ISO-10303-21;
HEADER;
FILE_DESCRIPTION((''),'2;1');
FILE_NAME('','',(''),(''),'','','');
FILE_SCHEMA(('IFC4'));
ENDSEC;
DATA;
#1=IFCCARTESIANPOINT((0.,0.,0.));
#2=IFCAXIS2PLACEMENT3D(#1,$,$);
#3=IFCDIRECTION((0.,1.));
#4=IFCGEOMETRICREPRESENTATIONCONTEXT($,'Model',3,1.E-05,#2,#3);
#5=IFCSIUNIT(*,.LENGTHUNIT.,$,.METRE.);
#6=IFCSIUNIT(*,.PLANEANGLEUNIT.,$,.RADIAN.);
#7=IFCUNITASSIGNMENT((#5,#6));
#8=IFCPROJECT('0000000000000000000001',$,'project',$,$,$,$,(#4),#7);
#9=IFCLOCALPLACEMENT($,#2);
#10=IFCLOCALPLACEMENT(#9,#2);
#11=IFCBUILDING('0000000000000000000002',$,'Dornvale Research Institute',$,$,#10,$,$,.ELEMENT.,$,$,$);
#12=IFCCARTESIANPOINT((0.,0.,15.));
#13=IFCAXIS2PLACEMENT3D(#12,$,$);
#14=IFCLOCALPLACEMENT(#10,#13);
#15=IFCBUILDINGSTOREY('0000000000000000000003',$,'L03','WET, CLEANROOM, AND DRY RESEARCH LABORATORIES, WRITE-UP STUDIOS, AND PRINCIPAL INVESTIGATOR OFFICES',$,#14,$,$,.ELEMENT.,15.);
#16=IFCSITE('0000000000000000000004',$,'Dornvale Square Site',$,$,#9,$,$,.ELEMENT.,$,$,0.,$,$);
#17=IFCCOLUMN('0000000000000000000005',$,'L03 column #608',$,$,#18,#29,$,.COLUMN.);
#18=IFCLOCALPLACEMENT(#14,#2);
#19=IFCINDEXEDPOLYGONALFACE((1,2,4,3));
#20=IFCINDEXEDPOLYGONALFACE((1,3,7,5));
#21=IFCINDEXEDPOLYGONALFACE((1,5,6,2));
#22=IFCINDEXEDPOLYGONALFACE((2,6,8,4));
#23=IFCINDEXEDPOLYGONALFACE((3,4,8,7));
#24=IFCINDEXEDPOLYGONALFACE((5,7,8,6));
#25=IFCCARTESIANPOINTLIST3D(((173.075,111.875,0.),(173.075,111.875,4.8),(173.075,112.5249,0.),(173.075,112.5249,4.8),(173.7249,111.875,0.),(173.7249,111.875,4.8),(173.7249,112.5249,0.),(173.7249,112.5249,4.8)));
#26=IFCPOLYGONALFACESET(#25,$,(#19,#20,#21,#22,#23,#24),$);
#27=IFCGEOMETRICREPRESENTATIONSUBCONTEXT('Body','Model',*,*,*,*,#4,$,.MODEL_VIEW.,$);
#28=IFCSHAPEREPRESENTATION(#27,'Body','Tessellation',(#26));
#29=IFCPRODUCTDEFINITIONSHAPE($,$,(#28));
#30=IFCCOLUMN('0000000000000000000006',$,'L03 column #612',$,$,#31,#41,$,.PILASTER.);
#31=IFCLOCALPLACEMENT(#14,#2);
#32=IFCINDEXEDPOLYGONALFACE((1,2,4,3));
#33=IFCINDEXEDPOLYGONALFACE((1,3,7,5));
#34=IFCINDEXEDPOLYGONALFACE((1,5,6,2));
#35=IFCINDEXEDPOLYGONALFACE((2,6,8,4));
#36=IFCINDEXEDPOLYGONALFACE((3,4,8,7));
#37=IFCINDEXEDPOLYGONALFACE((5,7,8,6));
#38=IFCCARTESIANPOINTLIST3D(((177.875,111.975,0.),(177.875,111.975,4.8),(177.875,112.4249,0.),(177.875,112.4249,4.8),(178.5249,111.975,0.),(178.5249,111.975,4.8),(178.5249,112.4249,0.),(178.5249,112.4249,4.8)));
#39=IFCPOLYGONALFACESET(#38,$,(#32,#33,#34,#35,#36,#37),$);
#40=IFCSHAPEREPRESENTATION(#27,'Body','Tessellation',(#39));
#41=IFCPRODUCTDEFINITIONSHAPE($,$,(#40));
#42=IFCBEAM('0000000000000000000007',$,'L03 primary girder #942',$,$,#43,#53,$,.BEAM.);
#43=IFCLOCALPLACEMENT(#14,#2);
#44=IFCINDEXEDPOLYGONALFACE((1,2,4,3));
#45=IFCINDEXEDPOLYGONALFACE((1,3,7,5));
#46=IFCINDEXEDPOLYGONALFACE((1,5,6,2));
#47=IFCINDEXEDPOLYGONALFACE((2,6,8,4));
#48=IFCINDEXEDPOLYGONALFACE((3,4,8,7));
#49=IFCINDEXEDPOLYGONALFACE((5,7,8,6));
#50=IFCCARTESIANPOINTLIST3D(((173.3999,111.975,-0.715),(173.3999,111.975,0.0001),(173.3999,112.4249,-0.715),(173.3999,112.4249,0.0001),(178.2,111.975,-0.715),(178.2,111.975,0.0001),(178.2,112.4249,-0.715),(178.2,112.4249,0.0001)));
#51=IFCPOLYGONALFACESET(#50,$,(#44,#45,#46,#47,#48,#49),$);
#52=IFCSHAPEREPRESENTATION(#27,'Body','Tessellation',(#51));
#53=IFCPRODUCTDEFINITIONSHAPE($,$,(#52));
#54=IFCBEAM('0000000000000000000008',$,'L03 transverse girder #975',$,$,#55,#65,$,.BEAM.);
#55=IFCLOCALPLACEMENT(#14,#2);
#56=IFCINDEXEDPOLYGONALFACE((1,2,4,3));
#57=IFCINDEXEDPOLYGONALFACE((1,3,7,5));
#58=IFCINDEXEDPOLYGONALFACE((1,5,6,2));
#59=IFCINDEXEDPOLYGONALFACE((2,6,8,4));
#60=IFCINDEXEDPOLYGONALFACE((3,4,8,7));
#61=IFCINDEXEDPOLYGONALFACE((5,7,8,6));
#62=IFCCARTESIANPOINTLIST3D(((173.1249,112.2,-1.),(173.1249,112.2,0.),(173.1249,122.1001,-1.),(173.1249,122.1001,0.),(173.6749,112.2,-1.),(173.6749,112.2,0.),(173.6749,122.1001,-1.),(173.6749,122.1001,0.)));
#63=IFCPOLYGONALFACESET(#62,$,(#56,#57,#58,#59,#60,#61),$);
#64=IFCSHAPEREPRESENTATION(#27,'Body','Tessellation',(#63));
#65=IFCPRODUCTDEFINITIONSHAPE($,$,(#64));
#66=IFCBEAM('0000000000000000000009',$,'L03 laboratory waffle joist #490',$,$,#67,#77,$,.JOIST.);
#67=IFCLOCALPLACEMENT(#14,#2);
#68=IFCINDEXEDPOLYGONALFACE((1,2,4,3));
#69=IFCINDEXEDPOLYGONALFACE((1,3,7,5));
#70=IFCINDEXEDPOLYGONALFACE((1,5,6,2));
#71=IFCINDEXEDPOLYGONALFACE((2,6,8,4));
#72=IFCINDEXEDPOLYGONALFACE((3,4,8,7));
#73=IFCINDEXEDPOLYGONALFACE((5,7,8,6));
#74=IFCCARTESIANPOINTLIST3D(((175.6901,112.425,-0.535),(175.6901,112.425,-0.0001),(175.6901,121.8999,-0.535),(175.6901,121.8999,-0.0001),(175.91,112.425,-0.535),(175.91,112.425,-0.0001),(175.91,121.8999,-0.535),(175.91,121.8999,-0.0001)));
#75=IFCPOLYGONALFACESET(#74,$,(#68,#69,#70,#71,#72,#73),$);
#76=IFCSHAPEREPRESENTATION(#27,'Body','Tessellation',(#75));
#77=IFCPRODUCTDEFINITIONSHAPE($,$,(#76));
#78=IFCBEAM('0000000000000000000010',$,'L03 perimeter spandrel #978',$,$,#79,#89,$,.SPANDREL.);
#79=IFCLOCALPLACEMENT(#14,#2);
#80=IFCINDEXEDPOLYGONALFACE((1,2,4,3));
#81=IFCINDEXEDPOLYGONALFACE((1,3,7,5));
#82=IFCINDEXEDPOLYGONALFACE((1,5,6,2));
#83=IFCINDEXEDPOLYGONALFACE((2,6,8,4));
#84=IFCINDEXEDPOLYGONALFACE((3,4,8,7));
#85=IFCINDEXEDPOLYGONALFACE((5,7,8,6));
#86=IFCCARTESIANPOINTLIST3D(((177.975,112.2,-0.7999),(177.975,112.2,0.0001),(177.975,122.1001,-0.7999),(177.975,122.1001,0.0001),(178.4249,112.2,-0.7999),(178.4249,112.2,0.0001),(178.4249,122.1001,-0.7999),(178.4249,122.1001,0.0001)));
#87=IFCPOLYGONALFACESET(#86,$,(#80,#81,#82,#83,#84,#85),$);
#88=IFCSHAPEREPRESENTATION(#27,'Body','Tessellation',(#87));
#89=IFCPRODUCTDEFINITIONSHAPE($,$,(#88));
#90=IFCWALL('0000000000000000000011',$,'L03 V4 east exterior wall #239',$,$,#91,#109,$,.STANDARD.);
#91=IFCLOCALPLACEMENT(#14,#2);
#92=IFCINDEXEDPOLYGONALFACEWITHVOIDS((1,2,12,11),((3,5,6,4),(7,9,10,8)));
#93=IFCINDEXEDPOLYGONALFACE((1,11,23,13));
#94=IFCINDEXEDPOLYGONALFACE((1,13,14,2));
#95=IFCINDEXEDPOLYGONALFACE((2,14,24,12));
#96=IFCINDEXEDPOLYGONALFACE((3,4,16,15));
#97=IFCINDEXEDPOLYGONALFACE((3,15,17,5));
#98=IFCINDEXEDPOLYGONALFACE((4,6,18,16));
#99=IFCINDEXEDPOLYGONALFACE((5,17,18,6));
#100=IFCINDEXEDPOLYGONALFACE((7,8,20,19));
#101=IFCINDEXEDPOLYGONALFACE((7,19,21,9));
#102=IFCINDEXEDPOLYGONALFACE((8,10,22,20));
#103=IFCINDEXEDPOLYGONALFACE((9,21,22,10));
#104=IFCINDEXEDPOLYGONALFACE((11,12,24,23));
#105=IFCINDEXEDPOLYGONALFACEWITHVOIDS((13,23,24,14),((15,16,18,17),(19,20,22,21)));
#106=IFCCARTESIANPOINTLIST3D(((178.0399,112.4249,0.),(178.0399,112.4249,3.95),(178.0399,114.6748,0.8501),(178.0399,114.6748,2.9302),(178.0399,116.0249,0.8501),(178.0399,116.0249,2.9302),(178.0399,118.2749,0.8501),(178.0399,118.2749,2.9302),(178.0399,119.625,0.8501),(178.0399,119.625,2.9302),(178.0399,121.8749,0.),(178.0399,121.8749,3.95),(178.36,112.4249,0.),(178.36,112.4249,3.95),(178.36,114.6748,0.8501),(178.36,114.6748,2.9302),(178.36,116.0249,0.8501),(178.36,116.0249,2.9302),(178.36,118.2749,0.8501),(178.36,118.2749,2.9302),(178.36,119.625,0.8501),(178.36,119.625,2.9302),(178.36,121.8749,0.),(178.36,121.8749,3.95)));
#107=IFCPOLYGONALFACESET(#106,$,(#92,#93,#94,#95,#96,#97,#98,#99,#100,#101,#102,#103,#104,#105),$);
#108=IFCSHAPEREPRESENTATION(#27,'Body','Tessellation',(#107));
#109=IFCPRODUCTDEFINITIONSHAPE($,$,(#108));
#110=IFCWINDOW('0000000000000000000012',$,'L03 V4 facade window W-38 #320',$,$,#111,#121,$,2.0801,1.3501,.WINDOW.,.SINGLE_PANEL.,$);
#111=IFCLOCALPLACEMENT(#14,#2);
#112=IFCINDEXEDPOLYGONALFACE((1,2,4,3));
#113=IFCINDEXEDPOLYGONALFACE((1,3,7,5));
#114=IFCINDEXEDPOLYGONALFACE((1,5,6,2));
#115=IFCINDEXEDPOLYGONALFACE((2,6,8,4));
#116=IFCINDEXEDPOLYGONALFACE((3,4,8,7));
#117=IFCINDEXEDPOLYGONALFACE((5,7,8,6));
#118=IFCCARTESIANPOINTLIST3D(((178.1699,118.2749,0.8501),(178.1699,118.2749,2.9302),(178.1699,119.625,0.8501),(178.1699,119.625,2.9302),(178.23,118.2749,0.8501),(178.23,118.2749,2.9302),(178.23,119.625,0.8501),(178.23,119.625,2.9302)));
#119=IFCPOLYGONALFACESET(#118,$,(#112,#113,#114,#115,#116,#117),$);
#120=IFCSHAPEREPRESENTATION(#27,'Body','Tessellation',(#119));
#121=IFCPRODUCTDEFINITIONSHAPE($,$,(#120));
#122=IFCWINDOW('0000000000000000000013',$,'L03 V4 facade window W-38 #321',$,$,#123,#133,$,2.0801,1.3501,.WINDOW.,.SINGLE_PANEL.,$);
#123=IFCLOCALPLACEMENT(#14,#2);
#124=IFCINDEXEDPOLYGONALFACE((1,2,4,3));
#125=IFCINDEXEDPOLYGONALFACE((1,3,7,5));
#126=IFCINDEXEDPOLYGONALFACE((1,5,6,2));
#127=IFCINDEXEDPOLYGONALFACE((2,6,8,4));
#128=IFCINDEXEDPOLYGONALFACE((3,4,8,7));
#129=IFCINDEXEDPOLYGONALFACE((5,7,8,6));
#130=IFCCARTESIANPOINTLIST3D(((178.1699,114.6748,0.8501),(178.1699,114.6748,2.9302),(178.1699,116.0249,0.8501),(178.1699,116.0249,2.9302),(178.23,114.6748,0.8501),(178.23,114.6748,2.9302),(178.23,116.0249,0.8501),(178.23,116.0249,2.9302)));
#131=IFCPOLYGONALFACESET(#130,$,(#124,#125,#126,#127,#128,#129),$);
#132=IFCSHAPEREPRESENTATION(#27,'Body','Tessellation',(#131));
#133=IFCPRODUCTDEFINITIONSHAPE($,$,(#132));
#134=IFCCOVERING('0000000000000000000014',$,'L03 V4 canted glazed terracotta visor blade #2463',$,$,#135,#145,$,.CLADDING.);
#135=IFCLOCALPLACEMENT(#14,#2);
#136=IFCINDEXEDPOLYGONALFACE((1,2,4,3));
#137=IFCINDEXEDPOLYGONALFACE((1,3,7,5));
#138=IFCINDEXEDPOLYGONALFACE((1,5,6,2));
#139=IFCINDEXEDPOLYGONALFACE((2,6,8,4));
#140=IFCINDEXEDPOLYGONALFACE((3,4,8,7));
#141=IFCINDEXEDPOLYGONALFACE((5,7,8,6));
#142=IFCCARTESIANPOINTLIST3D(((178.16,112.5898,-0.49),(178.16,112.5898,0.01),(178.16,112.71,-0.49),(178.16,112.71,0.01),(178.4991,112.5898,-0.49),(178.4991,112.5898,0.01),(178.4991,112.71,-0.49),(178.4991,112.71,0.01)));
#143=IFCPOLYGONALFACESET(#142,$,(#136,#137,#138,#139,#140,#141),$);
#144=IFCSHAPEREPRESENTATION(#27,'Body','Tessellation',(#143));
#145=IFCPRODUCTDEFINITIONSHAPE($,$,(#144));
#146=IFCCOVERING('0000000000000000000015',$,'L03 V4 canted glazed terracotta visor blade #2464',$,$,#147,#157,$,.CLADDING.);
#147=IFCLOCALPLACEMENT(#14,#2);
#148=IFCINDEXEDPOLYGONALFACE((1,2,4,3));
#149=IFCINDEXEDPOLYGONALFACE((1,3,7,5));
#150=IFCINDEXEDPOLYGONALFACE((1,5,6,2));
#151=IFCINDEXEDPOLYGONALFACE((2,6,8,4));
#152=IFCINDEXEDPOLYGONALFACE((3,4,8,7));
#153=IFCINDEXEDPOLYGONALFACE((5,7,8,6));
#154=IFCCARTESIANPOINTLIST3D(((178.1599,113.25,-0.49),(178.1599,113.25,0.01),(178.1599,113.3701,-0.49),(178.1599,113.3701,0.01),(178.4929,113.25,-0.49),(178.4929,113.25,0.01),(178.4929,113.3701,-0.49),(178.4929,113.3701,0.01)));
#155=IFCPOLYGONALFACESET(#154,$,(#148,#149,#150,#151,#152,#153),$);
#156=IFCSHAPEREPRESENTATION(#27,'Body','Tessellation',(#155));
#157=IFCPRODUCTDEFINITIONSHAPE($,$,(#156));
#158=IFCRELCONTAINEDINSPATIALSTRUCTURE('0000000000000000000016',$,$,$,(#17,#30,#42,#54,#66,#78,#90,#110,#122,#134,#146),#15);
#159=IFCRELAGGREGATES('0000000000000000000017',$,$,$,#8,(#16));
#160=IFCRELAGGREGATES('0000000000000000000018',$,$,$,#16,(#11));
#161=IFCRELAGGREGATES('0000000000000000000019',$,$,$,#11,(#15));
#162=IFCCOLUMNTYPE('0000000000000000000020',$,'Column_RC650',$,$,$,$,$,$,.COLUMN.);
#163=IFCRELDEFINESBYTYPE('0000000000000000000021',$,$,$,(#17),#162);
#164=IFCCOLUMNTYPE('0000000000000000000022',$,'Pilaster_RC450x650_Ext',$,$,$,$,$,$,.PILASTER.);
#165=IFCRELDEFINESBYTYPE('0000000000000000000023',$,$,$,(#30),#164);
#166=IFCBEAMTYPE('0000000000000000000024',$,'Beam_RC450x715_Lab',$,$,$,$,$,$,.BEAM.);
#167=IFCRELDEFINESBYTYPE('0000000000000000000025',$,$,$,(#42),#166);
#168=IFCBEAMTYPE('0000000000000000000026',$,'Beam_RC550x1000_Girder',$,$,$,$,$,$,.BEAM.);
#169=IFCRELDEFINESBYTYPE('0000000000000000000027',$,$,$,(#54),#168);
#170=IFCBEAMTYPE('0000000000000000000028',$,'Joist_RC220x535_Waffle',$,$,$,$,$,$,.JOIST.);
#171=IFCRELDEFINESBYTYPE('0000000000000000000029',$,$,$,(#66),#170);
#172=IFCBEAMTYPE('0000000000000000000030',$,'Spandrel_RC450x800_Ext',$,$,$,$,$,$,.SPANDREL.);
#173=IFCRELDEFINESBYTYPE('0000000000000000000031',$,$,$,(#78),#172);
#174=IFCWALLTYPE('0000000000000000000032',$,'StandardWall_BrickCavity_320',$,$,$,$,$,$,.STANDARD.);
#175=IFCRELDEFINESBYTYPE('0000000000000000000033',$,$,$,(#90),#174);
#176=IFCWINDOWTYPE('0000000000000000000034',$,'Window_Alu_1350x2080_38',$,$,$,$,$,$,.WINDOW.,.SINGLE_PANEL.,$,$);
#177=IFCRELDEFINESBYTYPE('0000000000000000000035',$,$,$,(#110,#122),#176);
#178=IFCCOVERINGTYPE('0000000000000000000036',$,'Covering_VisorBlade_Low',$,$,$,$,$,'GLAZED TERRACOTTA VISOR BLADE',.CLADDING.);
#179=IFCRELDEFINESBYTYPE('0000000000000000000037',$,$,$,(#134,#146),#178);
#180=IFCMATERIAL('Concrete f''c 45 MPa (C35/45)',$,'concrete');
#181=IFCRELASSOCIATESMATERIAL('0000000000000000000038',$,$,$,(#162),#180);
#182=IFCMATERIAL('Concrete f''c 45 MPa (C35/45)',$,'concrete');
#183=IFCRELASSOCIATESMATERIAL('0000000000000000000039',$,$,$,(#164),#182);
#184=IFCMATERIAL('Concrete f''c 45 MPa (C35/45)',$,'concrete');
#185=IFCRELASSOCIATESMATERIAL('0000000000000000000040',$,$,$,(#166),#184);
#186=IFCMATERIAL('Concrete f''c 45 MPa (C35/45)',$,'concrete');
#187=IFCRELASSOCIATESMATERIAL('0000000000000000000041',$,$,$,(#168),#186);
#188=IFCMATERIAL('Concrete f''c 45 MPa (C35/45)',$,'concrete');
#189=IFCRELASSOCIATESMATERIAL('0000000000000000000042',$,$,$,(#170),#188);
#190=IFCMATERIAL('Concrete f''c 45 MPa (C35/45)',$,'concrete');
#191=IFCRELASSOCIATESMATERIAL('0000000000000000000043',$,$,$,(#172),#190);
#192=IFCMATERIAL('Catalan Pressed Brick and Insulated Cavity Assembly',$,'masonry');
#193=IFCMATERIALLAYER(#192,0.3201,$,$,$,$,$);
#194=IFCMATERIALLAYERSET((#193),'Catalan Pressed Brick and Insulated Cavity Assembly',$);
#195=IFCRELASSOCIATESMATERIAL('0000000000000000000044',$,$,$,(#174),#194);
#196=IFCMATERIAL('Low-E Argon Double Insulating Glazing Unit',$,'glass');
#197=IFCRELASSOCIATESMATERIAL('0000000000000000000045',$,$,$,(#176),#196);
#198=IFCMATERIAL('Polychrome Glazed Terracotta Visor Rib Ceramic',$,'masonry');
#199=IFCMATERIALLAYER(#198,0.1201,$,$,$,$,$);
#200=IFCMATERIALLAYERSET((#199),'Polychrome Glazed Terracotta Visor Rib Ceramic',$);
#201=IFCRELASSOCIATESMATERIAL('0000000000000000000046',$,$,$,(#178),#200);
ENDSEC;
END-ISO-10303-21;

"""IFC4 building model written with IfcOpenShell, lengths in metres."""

from ifc_helpers import new_model, si_unit, direction, frame, frame_2d, origin, origin_2d, place, context, subcontext, project, spatial, rectangle, extrude, material, layer, layer_set, material_profile, profile_set, type_object, element, fill, save


model = new_model("IFC4")

# Units and contexts
model_context = context("Model", 3, precision=1e-05, world=origin(), true_north=direction((0.0, 1.0)))
body_context = subcontext(model_context, "Body", "Model", "MODEL_VIEW")
ifc_project = project(units=[si_unit("LENGTHUNIT", "METRE"), si_unit("PLANEANGLEUNIT", "RADIAN")], contexts=[model_context])

# Site, building, storey
site_placement = place(None, origin())
site = spatial("IfcSite", under=ifc_project, at=site_placement, Name="Dornvale Square Site", CompositionType="ELEMENT", RefElevation=0.0)
building_placement = place(site_placement, origin())
building = spatial("IfcBuilding", under=site, at=building_placement, Name="Dornvale Research Institute", CompositionType="ELEMENT")
storey_placement = place(building_placement, frame((0.0, 0.0, 15.0)))
storey = spatial("IfcBuildingStorey", under=building, at=storey_placement, Name="L03", Description="WET, CLEANROOM, AND DRY RESEARCH LABORATORIES, WRITE-UP STUDIOS, AND PRINCIPAL INVESTIGATOR OFFICES", CompositionType="ELEMENT", Elevation=15.0)

# Columns
ifc_material_1 = material(Name="Concrete f'c 45 MPa (C35/45)", Category="concrete")
ifc_material_profile_1 = material_profile(ifc_material_1, rectangle(XDim=0.6499, YDim=0.6499, at=origin_2d()), Name="RC 650x650")
ifc_profile_set_1 = profile_set([ifc_material_profile_1], Name="Concrete f'c 45 MPa (C35/45)")
column_type_1 = type_object("IfcColumnType", Name="Column_RC650", PredefinedType="COLUMN", material=ifc_profile_set_1)
column_1_placement = place(storey_placement, frame((173.3999, 112.2, 0.0), z_axis=(0.0, 0.0, 1.0), x_axis=(1.0, 0.0, 0.0)))
element("IfcColumn", 1, at=column_1_placement, inside=storey, type_object=column_type_1, Name="L03 column #608", PredefinedType="COLUMN", context=body_context, shape_type="SweptSolid", body=[
    extrude(rectangle(XDim=0.6499, YDim=0.6499, at=origin_2d()), origin(), (0.0, 0.0, 1.0), 4.8),
])
ifc_material_2 = material(Name="Concrete f'c 45 MPa (C35/45)", Category="concrete")
ifc_material_profile_2 = material_profile(ifc_material_2, rectangle(XDim=0.45, YDim=0.6499, at=origin_2d()), Name="RC 450x650")
ifc_profile_set_2 = profile_set([ifc_material_profile_2], Name="Concrete f'c 45 MPa (C35/45)")
column_type_2 = type_object("IfcColumnType", Name="Pilaster_RC450x650_Ext", PredefinedType="PILASTER", material=ifc_profile_set_2)
column_2_placement = place(storey_placement, frame((178.2, 112.2, 0.0), z_axis=(0.0, 0.0, 1.0), x_axis=(0.0, 1.0, 0.0)))
element("IfcColumn", 2, at=column_2_placement, inside=storey, type_object=column_type_2, Name="L03 column #612", PredefinedType="PILASTER", context=body_context, shape_type="SweptSolid", body=[
    extrude(rectangle(XDim=0.45, YDim=0.6499, at=origin_2d()), origin(), (0.0, 0.0, 1.0), 4.8),
])

# Beams
ifc_material_3 = material(Name="Concrete f'c 45 MPa (C35/45)", Category="concrete")
ifc_material_profile_3 = material_profile(ifc_material_3, rectangle(XDim=0.45, YDim=0.7151, at=origin_2d()), Name="RC 450x715")
ifc_profile_set_3 = profile_set([ifc_material_profile_3], Name="Concrete f'c 45 MPa (C35/45)")
beam_type_1 = type_object("IfcBeamType", Name="Beam_RC450x715_Lab", PredefinedType="BEAM", material=ifc_profile_set_3)
beam_1_placement = place(storey_placement, frame((173.3999, 112.2, -0.3574), z_axis=(1.0, 0.0, 0.0), x_axis=(0.0, 1.0, 0.0)))
element("IfcBeam", 3, at=beam_1_placement, inside=storey, type_object=beam_type_1, Name="L03 primary girder #942", PredefinedType="BEAM", context=body_context, shape_type="SweptSolid", body=[
    extrude(rectangle(XDim=0.45, YDim=0.7151, at=origin_2d()), origin(), (0.0, 0.0, 1.0), 4.8),
])
ifc_material_4 = material(Name="Concrete f'c 45 MPa (C35/45)", Category="concrete")
ifc_material_profile_4 = material_profile(ifc_material_4, rectangle(XDim=0.55, YDim=1.0, at=origin_2d()), Name="RC 550x1000")
ifc_profile_set_4 = profile_set([ifc_material_profile_4], Name="Concrete f'c 45 MPa (C35/45)")
beam_type_2 = type_object("IfcBeamType", Name="Beam_RC550x1000_Girder", PredefinedType="BEAM", material=ifc_profile_set_4)
beam_2_placement = place(storey_placement, frame((173.3999, 112.2, -0.5), z_axis=(0.0, 1.0, 0.0), x_axis=(-1.0, 0.0, 0.0)))
element("IfcBeam", 4, at=beam_2_placement, inside=storey, type_object=beam_type_2, Name="L03 transverse girder #975", PredefinedType="BEAM", context=body_context, shape_type="SweptSolid", body=[
    extrude(rectangle(XDim=0.55, YDim=1.0, at=origin_2d()), origin(), (0.0, 0.0, 1.0), 9.9001),
])
ifc_material_5 = material(Name="Concrete f'c 45 MPa (C35/45)", Category="concrete")
ifc_material_profile_5 = material_profile(ifc_material_5, rectangle(XDim=0.22, YDim=0.5349, at=origin_2d()), Name="RC 220x535")
ifc_profile_set_5 = profile_set([ifc_material_profile_5], Name="Concrete f'c 45 MPa (C35/45)")
beam_type_3 = type_object("IfcBeamType", Name="Joist_RC220x535_Waffle", PredefinedType="JOIST", material=ifc_profile_set_5)
beam_3_placement = place(storey_placement, frame((175.8, 112.425, -0.2676), z_axis=(0.0, 1.0, 0.0), x_axis=(-1.0, 0.0, 0.0)))
element("IfcBeam", 5, at=beam_3_placement, inside=storey, type_object=beam_type_3, Name="L03 laboratory waffle joist #490", PredefinedType="JOIST", context=body_context, shape_type="SweptSolid", body=[
    extrude(rectangle(XDim=0.22, YDim=0.5349, at=origin_2d()), origin(), (0.0, 0.0, 1.0), 9.4749),
])
ifc_material_6 = material(Name="Concrete f'c 45 MPa (C35/45)", Category="concrete")
ifc_material_profile_6 = material_profile(ifc_material_6, rectangle(XDim=0.45, YDim=0.8, at=origin_2d()), Name="RC 450x800")
ifc_profile_set_6 = profile_set([ifc_material_profile_6], Name="Concrete f'c 45 MPa (C35/45)")
beam_type_4 = type_object("IfcBeamType", Name="Spandrel_RC450x800_Ext", PredefinedType="SPANDREL", material=ifc_profile_set_6)
beam_4_placement = place(storey_placement, frame((178.2, 112.2, -0.3999), z_axis=(0.0, 1.0, 0.0), x_axis=(-1.0, 0.0, 0.0)))
element("IfcBeam", 6, at=beam_4_placement, inside=storey, type_object=beam_type_4, Name="L03 perimeter spandrel #978", PredefinedType="SPANDREL", context=body_context, shape_type="SweptSolid", body=[
    extrude(rectangle(XDim=0.45, YDim=0.8, at=origin_2d()), origin(), (0.0, 0.0, 1.0), 9.9001),
])

# Wall, openings, windows
ifc_material_7 = material(Name="Catalan Pressed Brick and Insulated Cavity Assembly", Category="masonry")
ifc_layer_1 = layer(ifc_material_7, 0.3201)
ifc_layer_set_1 = layer_set([ifc_layer_1], Name="Catalan Pressed Brick and Insulated Cavity Assembly")
wall_type = type_object("IfcWallType", Name="StandardWall_BrickCavity_320", PredefinedType="STANDARD", material=ifc_layer_set_1)
wall_placement = place(storey_placement, frame((178.2, 121.875, 0.0), z_axis=(0.0, 0.0, 1.0), x_axis=(0.0, -1.0, 0.0)))
wall = element("IfcWall", 7, at=wall_placement, inside=storey, type_object=wall_type, Name="L03 V4 east exterior wall #239", PredefinedType="STANDARD", context=body_context, shape_type="SweptSolid", body=[
    extrude(rectangle(XDim=9.45, YDim=0.3201, at=frame_2d((4.7251, 0.0))), origin(), (0.0, 0.0, 1.0), 3.95),
])
opening_1_placement = place(wall_placement, frame((2.25, 0.0, 0.8501)))
opening_1 = element("IfcOpeningElement", 8, at=opening_1_placement, cuts=wall, PredefinedType="OPENING", context=body_context, shape_type="SweptSolid", body=[
    extrude(rectangle(XDim=1.3501, YDim=2.0801, at=frame_2d((0.675, 1.04))), frame((0.0, 0.175, 0.0), z_axis=(0.0, -1.0, 0.0), x_axis=(1.0, 0.0, 0.0)), (0.0, 0.0, 1.0), 0.3501),
])
opening_2_placement = place(wall_placement, frame((5.8501, 0.0, 0.8501)))
opening_2 = element("IfcOpeningElement", 9, at=opening_2_placement, cuts=wall, PredefinedType="OPENING", context=body_context, shape_type="SweptSolid", body=[
    extrude(rectangle(XDim=1.3501, YDim=2.0801, at=frame_2d((0.675, 1.04))), frame((0.0, 0.175, 0.0), z_axis=(0.0, -1.0, 0.0), x_axis=(1.0, 0.0, 0.0)), (0.0, 0.0, 1.0), 0.3501),
])
ifc_material_8 = material(Name="Low-E Argon Double Insulating Glazing Unit", Category="glass")
window_type = type_object("IfcWindowType", Name="Window_Alu_1350x2080_38", PartitioningType="SINGLE_PANEL", PredefinedType="WINDOW", material=ifc_material_8)
window_1_placement = place(opening_1_placement, origin())
window_1 = element("IfcWindow", 10, at=window_1_placement, inside=storey, type_object=window_type, Name="L03 V4 facade window W-38 #320", OverallHeight=2.0801, OverallWidth=1.3501, PartitioningType="SINGLE_PANEL", PredefinedType="WINDOW", context=body_context, shape_type="SweptSolid", body=[
    extrude(rectangle(XDim=1.3501, YDim=2.0801, at=frame_2d((0.675, 1.04))), frame((0.0, 0.03, 0.0), z_axis=(0.0, -1.0, 0.0), x_axis=(1.0, 0.0, 0.0)), (0.0, 0.0, 1.0), 0.0601),
])
fill(opening_1, window_1)
window_2_placement = place(opening_2_placement, origin())
window_2 = element("IfcWindow", 11, at=window_2_placement, inside=storey, type_object=window_type, Name="L03 V4 facade window W-38 #321", OverallHeight=2.0801, OverallWidth=1.3501, PartitioningType="SINGLE_PANEL", PredefinedType="WINDOW", context=body_context, shape_type="SweptSolid", body=[
    extrude(rectangle(XDim=1.3501, YDim=2.0801, at=frame_2d((0.675, 1.04))), frame((0.0, 0.03, 0.0), z_axis=(0.0, -1.0, 0.0), x_axis=(1.0, 0.0, 0.0)), (0.0, 0.0, 1.0), 0.0601),
])
fill(opening_2, window_2)

# Coverings
ifc_material_9 = material(Name="Polychrome Glazed Terracotta Visor Rib Ceramic", Category="masonry")
ifc_layer_2 = layer(ifc_material_9, 0.1201)
ifc_layer_set_2 = layer_set([ifc_layer_2], Name="Polychrome Glazed Terracotta Visor Rib Ceramic")
covering_type = type_object("IfcCoveringType", Name="Covering_VisorBlade_Low", ElementType="GLAZED TERRACOTTA VISOR BLADE", PredefinedType="CLADDING", material=ifc_layer_set_2)
covering_1_placement = place(storey_placement, frame((178.3296, 112.6499, -0.49), z_axis=(0.0, 0.0, 1.0), x_axis=(1.0, 0.0, 0.0)))
element("IfcCovering", 12, at=covering_1_placement, inside=storey, type_object=covering_type, Name="L03 V4 canted glazed terracotta visor blade #2463", PredefinedType="CLADDING", context=body_context, shape_type="SweptSolid", body=[
    extrude(rectangle(XDim=0.3391, YDim=0.1201, at=origin_2d()), origin(), (0.0, 0.0, 1.0), 0.5),
])
covering_2_placement = place(storey_placement, frame((178.3264, 113.3101, -0.49), z_axis=(0.0, 0.0, 1.0), x_axis=(1.0, 0.0, 0.0)))
element("IfcCovering", 13, at=covering_2_placement, inside=storey, type_object=covering_type, Name="L03 V4 canted glazed terracotta visor blade #2464", PredefinedType="CLADDING", context=body_context, shape_type="SweptSolid", body=[
    extrude(rectangle(XDim=0.333, YDim=0.1201, at=origin_2d()), origin(), (0.0, 0.0, 1.0), 0.5),
])

save(model, "model.ifc")
